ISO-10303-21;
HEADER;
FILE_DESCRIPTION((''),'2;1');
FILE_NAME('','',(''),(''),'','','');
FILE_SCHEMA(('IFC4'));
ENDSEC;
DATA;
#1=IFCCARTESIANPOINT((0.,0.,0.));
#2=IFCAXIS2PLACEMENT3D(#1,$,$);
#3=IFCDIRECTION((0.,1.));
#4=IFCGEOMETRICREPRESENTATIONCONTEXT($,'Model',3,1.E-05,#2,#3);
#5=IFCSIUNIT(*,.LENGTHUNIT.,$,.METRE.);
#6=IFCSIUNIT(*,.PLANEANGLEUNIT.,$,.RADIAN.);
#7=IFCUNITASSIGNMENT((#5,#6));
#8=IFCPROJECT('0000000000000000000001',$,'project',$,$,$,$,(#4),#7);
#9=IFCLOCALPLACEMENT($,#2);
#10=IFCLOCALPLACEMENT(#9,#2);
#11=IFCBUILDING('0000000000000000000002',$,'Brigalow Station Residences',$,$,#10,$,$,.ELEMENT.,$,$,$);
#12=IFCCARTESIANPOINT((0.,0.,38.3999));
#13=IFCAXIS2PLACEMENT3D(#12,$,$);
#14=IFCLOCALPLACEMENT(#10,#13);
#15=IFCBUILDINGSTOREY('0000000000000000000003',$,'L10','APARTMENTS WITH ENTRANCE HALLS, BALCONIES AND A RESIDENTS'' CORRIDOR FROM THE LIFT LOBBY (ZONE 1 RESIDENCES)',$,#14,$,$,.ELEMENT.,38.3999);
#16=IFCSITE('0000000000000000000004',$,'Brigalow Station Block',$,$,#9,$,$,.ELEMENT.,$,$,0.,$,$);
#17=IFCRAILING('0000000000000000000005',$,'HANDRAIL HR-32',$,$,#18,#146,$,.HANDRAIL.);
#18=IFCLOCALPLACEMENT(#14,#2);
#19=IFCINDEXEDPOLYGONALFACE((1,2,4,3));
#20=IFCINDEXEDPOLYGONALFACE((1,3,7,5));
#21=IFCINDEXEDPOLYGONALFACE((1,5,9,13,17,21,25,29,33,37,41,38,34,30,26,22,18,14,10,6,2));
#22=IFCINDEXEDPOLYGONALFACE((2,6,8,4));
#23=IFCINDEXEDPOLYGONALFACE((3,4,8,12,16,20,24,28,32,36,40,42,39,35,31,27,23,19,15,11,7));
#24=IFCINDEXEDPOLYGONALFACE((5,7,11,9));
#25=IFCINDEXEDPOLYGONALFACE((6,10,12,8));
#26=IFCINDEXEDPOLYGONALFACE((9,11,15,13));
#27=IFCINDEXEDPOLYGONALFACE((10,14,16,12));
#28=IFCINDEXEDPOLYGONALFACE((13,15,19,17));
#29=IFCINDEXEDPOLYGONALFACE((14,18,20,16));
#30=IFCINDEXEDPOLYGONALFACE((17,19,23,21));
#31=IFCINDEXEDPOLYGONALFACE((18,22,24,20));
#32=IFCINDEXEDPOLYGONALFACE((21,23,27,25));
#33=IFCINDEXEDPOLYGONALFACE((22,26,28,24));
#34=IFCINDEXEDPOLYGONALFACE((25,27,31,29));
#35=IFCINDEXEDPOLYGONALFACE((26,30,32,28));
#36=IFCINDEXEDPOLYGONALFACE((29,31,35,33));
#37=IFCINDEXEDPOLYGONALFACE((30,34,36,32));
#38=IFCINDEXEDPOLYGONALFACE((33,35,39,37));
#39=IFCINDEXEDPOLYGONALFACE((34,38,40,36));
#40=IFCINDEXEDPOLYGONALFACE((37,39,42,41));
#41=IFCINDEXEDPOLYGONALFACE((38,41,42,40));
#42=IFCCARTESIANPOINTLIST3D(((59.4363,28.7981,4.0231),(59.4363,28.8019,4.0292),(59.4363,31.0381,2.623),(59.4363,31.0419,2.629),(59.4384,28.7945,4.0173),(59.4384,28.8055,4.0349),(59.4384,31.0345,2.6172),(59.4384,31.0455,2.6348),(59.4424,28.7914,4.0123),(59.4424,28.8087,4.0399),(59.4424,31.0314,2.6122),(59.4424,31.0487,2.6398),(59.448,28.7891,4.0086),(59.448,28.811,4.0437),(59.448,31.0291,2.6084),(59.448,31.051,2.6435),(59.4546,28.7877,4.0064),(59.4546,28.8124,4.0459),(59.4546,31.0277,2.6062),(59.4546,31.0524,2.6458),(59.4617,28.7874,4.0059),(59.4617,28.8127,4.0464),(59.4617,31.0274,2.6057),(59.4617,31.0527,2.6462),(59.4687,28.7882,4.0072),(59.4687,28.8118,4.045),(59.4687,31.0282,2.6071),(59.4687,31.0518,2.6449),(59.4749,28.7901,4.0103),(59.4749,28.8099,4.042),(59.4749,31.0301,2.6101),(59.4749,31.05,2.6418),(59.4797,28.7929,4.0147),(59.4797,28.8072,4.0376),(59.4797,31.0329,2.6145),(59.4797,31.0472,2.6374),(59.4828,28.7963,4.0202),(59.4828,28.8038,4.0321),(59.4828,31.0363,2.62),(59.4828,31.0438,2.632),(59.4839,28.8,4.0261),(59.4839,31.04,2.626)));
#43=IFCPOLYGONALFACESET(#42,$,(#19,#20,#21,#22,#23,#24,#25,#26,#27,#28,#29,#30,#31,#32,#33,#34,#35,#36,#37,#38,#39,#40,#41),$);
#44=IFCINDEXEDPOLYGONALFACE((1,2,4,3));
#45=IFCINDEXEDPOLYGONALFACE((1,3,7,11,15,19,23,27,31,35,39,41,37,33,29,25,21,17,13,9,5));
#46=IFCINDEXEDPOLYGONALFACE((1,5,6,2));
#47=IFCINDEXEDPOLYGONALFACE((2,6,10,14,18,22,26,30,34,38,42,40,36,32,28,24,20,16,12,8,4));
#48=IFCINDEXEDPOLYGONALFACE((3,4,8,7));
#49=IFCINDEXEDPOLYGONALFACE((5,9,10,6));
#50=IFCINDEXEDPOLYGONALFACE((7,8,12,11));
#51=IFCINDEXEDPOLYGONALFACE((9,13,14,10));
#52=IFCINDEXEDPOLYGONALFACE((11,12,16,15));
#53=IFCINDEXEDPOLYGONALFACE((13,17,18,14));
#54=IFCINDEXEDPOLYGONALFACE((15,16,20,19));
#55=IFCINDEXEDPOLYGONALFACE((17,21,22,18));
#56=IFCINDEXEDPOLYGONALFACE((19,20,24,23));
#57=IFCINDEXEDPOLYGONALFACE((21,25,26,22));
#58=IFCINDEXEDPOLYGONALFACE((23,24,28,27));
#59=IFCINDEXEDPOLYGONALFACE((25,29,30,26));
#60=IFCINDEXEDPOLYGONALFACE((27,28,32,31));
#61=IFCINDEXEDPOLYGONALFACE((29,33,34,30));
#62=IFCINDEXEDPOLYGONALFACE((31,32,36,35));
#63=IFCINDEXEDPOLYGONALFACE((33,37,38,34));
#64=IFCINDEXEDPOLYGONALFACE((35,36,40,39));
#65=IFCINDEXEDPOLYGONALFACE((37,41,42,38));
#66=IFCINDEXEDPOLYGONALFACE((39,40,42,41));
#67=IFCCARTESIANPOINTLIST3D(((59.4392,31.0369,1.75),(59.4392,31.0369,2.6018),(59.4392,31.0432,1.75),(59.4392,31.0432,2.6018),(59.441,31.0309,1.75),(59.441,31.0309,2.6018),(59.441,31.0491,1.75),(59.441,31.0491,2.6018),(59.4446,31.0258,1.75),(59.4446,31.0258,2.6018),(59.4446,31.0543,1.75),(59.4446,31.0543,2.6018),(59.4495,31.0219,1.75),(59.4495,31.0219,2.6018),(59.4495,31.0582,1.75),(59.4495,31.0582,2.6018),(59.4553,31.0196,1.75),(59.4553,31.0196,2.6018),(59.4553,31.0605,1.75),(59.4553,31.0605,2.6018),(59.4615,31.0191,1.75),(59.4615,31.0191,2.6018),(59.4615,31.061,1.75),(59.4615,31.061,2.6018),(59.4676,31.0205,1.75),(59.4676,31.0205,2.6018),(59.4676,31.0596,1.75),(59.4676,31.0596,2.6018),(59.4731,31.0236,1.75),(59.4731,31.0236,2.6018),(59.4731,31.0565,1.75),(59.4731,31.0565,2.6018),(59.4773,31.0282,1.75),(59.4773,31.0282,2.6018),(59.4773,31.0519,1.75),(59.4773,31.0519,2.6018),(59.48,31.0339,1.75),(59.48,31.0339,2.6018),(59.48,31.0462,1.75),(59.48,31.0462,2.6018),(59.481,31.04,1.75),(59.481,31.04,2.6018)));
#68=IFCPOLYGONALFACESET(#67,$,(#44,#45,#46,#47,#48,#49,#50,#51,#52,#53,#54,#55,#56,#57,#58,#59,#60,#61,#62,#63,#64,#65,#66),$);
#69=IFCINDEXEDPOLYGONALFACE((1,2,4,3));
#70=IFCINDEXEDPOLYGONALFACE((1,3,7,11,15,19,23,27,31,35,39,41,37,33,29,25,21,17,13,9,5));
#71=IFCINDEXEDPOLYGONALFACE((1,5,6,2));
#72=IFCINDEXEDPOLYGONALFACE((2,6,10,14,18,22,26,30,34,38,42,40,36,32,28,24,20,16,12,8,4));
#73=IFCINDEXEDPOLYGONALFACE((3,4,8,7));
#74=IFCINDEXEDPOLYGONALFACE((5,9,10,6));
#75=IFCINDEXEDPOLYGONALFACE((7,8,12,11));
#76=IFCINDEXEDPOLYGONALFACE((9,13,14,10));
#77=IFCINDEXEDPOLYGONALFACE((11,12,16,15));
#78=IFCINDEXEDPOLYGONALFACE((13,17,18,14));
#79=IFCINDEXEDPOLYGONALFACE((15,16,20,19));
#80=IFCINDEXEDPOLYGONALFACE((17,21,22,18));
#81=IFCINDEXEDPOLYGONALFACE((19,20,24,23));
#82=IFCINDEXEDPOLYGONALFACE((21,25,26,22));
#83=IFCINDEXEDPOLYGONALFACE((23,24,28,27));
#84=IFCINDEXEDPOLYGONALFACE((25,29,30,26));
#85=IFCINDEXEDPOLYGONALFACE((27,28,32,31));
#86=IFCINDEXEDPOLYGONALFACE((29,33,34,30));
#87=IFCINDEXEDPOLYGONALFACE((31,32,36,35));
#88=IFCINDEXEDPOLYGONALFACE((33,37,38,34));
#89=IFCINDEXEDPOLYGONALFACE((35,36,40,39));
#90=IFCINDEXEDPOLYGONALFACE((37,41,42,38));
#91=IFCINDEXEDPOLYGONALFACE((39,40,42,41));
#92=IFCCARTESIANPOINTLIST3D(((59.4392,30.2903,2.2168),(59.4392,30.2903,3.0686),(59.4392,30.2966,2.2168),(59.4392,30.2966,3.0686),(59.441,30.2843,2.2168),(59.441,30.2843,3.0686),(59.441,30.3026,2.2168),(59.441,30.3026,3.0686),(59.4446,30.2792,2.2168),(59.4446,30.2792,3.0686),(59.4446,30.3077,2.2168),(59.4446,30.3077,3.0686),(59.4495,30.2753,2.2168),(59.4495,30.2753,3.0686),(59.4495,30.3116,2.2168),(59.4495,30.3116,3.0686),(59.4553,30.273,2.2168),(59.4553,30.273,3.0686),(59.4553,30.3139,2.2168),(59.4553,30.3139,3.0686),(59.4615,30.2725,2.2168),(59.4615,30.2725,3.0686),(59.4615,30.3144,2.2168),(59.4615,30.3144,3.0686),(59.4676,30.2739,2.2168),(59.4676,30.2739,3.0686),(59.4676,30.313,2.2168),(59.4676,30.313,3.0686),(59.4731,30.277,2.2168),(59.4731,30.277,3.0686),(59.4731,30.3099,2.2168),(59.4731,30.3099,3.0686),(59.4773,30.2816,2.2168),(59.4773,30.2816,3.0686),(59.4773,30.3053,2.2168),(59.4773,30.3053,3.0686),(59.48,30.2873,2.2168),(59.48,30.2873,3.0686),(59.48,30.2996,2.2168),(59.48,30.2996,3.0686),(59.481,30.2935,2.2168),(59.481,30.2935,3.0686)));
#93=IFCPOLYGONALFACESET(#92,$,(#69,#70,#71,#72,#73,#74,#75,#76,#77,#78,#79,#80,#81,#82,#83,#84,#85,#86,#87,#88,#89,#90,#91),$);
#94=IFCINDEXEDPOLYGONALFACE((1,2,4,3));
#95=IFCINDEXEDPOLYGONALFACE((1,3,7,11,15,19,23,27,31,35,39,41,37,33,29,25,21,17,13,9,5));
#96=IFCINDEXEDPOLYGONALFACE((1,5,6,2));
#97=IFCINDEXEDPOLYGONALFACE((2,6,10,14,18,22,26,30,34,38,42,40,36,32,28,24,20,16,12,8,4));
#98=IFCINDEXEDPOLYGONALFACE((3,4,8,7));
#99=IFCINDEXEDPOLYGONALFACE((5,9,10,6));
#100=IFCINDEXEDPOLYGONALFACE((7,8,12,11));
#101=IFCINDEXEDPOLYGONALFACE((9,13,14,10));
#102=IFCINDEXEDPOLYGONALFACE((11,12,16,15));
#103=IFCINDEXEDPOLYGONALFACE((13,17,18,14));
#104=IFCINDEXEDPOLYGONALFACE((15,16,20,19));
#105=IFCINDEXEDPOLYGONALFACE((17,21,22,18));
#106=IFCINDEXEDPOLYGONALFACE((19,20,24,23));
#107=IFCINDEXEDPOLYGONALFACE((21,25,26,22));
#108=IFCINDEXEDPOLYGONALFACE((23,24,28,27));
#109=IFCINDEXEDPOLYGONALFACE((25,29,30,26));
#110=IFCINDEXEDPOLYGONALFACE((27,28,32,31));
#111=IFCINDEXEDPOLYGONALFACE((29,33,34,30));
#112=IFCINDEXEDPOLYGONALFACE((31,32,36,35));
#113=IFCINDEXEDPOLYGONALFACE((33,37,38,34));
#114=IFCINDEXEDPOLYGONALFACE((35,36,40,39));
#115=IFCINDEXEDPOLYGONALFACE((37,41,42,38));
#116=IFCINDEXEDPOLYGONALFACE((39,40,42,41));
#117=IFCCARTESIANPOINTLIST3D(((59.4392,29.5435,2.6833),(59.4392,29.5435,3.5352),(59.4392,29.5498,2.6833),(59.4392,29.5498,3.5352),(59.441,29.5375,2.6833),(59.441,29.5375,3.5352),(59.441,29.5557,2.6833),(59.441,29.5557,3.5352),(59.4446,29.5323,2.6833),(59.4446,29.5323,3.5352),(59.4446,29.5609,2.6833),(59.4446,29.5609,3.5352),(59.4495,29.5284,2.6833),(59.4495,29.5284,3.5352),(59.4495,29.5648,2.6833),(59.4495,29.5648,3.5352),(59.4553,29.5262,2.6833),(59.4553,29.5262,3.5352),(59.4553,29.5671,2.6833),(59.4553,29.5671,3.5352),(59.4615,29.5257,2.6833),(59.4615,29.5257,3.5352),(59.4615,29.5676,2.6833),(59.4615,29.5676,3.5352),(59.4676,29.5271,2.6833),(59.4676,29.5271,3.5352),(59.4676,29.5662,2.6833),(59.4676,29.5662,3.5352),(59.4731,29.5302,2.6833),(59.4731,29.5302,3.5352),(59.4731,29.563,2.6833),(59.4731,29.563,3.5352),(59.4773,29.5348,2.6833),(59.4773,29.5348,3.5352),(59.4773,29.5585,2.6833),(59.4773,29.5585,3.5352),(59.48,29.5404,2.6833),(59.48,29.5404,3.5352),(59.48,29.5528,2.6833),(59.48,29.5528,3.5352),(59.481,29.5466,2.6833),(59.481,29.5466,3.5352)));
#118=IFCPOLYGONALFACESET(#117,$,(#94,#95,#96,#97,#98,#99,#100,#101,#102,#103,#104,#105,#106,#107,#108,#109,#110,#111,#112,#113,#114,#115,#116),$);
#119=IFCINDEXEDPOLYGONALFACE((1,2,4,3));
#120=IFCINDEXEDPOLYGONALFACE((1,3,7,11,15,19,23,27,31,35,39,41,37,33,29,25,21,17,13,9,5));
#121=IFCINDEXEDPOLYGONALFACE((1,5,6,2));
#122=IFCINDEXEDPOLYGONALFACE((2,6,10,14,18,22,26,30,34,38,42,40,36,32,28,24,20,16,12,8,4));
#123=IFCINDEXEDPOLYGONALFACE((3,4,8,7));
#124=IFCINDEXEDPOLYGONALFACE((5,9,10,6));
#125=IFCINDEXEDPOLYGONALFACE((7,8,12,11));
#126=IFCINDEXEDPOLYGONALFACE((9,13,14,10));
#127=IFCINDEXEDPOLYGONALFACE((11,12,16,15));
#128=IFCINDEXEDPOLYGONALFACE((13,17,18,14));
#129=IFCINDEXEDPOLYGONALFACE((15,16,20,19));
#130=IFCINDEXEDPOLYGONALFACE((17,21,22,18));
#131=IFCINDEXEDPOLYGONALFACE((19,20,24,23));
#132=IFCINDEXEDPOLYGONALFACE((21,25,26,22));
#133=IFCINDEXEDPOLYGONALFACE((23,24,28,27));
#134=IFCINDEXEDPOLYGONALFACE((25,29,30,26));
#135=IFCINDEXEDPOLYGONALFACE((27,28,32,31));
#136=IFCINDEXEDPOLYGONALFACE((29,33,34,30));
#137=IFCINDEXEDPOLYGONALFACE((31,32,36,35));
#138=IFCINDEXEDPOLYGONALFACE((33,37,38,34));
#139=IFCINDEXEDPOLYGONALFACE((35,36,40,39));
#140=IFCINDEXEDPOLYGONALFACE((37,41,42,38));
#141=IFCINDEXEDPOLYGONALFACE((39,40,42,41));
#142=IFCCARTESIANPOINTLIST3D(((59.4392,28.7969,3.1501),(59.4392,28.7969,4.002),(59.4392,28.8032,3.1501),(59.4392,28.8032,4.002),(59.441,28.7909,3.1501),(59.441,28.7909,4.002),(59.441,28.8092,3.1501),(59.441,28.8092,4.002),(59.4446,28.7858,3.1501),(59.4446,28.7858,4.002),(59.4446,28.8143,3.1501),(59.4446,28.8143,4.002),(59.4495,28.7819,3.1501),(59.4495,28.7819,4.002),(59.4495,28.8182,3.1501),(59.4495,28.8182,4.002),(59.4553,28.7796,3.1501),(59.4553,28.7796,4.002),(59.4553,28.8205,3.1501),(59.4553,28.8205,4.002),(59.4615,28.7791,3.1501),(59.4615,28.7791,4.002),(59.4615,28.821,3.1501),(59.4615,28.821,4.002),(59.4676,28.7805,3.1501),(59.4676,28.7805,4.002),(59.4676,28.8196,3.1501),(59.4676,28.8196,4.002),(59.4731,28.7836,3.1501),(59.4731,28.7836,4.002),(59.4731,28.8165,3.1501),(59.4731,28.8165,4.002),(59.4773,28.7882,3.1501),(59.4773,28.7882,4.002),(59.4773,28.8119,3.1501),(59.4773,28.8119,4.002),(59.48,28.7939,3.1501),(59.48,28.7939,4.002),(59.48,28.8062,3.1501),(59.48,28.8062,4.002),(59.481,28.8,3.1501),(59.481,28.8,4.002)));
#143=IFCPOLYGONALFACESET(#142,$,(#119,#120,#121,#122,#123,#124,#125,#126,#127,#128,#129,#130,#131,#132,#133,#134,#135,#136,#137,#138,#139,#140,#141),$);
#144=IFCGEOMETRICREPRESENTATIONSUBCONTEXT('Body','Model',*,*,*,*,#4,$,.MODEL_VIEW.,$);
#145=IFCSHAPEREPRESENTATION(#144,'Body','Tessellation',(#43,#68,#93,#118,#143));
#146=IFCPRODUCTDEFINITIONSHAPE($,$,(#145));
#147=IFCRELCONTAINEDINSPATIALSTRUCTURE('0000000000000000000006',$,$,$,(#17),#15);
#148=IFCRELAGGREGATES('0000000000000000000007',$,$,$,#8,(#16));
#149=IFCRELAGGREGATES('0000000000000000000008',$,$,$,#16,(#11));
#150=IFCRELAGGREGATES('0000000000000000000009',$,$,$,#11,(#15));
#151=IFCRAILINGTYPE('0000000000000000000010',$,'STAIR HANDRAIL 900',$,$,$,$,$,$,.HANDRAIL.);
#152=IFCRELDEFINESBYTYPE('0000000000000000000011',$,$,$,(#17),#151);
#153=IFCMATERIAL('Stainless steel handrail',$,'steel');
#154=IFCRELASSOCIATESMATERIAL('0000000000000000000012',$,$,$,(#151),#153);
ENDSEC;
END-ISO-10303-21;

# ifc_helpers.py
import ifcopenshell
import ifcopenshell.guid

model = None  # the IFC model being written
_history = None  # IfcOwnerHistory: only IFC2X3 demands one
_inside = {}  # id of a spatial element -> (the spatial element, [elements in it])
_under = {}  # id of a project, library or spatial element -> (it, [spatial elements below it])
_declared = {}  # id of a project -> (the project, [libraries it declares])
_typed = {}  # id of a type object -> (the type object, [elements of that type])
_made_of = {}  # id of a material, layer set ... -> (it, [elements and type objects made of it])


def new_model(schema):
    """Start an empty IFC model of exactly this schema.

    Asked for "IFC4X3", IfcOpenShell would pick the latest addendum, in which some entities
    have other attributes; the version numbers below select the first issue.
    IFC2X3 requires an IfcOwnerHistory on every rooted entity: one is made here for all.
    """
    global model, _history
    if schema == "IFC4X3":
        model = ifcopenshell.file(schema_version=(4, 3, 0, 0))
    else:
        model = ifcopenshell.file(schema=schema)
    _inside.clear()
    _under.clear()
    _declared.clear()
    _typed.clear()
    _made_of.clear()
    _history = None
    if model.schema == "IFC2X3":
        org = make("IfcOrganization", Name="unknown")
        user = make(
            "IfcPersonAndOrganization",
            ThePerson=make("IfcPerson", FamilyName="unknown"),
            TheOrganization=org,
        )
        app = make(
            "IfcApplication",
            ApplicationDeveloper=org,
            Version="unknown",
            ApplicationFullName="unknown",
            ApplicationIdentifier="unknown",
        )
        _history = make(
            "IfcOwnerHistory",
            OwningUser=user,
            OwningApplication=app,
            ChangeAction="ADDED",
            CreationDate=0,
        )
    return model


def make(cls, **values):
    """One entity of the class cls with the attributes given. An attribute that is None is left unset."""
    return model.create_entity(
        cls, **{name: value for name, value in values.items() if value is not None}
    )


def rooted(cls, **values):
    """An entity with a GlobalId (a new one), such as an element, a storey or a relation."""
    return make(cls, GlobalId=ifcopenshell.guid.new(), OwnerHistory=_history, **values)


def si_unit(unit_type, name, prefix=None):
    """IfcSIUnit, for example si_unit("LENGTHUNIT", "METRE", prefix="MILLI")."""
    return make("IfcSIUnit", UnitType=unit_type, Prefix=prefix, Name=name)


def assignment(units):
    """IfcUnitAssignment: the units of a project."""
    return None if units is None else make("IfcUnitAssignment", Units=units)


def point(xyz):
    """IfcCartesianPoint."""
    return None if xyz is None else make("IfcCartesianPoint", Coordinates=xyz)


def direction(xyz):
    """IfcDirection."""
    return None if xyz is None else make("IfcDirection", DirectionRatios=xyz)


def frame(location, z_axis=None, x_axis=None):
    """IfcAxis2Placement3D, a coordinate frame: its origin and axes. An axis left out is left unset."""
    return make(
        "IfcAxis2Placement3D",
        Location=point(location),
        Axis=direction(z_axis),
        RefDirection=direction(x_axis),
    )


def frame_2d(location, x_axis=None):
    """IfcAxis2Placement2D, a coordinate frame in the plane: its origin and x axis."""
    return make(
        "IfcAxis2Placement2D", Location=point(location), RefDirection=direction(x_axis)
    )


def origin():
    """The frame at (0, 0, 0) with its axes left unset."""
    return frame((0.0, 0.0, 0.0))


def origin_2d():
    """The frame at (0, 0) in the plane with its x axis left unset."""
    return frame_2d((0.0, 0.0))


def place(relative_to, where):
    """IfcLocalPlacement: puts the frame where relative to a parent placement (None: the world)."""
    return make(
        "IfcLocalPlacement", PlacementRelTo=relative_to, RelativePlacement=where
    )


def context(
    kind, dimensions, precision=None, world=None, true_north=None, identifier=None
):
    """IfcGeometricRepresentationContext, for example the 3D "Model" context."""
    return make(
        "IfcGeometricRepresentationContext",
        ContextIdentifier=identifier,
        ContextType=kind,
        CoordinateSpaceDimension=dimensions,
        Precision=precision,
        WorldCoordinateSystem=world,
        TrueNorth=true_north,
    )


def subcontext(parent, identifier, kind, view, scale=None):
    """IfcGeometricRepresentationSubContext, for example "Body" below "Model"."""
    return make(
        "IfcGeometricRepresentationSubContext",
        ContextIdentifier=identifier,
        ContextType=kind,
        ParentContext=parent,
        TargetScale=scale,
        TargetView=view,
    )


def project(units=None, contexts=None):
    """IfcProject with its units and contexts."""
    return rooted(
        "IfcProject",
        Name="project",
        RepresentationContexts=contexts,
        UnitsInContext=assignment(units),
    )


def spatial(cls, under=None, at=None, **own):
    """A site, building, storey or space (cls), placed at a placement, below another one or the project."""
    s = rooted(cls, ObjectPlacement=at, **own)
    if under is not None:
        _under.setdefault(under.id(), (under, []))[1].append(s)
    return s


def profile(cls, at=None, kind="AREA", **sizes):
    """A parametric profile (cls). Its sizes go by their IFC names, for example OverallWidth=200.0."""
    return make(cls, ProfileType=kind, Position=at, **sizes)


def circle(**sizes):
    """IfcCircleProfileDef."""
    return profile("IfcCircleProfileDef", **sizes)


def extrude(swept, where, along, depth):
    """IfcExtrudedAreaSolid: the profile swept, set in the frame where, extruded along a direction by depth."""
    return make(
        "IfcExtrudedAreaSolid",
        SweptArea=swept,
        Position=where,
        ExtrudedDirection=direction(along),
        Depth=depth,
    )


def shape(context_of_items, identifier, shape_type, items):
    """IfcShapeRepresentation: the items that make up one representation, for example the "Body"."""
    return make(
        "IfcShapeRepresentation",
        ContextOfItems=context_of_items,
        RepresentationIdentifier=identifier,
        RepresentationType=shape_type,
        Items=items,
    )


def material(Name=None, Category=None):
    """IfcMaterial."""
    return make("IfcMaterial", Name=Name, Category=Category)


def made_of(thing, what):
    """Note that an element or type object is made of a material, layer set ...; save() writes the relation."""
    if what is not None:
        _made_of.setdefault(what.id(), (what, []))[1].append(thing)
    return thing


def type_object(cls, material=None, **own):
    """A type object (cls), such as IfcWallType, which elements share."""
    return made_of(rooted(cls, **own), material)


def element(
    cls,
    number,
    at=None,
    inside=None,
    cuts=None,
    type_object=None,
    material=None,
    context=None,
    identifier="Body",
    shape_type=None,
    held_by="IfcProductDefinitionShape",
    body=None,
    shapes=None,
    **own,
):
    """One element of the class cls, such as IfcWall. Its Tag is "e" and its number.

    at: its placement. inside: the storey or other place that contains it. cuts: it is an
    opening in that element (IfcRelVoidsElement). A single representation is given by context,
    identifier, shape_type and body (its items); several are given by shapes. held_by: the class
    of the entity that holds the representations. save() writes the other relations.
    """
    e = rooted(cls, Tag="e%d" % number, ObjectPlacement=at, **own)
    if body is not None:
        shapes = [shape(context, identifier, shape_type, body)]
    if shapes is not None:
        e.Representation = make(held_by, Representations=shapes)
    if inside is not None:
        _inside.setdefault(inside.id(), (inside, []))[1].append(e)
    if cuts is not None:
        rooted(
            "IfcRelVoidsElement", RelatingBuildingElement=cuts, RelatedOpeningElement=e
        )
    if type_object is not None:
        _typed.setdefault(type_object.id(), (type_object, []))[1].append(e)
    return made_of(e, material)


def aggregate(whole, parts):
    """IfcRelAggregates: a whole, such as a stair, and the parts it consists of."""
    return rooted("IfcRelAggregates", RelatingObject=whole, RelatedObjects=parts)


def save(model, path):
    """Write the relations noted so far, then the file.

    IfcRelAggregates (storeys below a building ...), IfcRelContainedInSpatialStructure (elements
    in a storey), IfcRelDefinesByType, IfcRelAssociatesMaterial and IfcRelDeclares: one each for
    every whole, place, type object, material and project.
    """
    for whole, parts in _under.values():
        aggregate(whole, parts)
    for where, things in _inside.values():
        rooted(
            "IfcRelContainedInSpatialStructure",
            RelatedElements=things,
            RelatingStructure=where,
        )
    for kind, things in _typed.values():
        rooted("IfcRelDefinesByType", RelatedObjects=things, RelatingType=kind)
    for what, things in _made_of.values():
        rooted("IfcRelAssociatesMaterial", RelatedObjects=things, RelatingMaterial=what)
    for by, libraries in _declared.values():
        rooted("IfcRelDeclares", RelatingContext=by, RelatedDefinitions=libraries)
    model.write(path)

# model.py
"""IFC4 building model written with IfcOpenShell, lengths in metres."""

from ifc_helpers import new_model, si_unit, direction, frame, origin, origin_2d, place, context, subcontext, project, spatial, circle, extrude, material, type_object, element, save


model = new_model("IFC4")

# Units and contexts
model_context = context("Model", 3, precision=1e-05, world=origin(), true_north=direction((0.0, 1.0)))
body_context = subcontext(model_context, "Body", "Model", "MODEL_VIEW")
ifc_project = project(units=[si_unit("LENGTHUNIT", "METRE"), si_unit("PLANEANGLEUNIT", "RADIAN")], contexts=[model_context])

# Site, building, storey
site_placement = place(None, origin())
site = spatial("IfcSite", under=ifc_project, at=site_placement, Name="Brigalow Station Block", CompositionType="ELEMENT", RefElevation=0.0)
building_placement = place(site_placement, origin())
building = spatial("IfcBuilding", under=site, at=building_placement, Name="Brigalow Station Residences", CompositionType="ELEMENT")
storey_placement = place(building_placement, frame((0.0, 0.0, 38.3999)))
storey = spatial("IfcBuildingStorey", under=building, at=storey_placement, Name="L10", Description="APARTMENTS WITH ENTRANCE HALLS, BALCONIES AND A RESIDENTS' CORRIDOR FROM THE LIFT LOBBY (ZONE 1 RESIDENCES)", CompositionType="ELEMENT", Elevation=38.3999)

# Railing
ifc_material_1 = material(Name="Stainless steel handrail", Category="steel")
railing_type_1 = type_object("IfcRailingType", Name="STAIR HANDRAIL 900", PredefinedType="HANDRAIL", material=ifc_material_1)
railing_1_placement = place(storey_placement, frame((59.46, 31.04, 1.75)))
element("IfcRailing", 1, at=railing_1_placement, inside=storey, type_object=railing_type_1, Name="HANDRAIL HR-32", PredefinedType="HANDRAIL", context=body_context, shape_type="SweptSolid", body=[
    extrude(circle(Radius=0.0239, at=origin_2d()), frame((0.0, 0.0, 0.876), z_axis=(0.0, -0.847972, 0.53004), x_axis=(1.0, 0.0, 0.0)), (0.0, 0.0, 1.0), 2.6416),
    extrude(circle(Radius=0.021, at=origin_2d()), origin(), (0.0, 0.0, 1.0), 0.8518),
    extrude(circle(Radius=0.021, at=origin_2d()), frame((0.0, -0.7466, 0.4668)), (0.0, 0.0, 1.0), 0.8518),
    extrude(circle(Radius=0.021, at=origin_2d()), frame((0.0, -1.4934, 0.9333)), (0.0, 0.0, 1.0), 0.8518),
    extrude(circle(Radius=0.021, at=origin_2d()), frame((0.0, -2.24, 1.4001)), (0.0, 0.0, 1.0), 0.8518),
])

save(model, "model.ifc")
